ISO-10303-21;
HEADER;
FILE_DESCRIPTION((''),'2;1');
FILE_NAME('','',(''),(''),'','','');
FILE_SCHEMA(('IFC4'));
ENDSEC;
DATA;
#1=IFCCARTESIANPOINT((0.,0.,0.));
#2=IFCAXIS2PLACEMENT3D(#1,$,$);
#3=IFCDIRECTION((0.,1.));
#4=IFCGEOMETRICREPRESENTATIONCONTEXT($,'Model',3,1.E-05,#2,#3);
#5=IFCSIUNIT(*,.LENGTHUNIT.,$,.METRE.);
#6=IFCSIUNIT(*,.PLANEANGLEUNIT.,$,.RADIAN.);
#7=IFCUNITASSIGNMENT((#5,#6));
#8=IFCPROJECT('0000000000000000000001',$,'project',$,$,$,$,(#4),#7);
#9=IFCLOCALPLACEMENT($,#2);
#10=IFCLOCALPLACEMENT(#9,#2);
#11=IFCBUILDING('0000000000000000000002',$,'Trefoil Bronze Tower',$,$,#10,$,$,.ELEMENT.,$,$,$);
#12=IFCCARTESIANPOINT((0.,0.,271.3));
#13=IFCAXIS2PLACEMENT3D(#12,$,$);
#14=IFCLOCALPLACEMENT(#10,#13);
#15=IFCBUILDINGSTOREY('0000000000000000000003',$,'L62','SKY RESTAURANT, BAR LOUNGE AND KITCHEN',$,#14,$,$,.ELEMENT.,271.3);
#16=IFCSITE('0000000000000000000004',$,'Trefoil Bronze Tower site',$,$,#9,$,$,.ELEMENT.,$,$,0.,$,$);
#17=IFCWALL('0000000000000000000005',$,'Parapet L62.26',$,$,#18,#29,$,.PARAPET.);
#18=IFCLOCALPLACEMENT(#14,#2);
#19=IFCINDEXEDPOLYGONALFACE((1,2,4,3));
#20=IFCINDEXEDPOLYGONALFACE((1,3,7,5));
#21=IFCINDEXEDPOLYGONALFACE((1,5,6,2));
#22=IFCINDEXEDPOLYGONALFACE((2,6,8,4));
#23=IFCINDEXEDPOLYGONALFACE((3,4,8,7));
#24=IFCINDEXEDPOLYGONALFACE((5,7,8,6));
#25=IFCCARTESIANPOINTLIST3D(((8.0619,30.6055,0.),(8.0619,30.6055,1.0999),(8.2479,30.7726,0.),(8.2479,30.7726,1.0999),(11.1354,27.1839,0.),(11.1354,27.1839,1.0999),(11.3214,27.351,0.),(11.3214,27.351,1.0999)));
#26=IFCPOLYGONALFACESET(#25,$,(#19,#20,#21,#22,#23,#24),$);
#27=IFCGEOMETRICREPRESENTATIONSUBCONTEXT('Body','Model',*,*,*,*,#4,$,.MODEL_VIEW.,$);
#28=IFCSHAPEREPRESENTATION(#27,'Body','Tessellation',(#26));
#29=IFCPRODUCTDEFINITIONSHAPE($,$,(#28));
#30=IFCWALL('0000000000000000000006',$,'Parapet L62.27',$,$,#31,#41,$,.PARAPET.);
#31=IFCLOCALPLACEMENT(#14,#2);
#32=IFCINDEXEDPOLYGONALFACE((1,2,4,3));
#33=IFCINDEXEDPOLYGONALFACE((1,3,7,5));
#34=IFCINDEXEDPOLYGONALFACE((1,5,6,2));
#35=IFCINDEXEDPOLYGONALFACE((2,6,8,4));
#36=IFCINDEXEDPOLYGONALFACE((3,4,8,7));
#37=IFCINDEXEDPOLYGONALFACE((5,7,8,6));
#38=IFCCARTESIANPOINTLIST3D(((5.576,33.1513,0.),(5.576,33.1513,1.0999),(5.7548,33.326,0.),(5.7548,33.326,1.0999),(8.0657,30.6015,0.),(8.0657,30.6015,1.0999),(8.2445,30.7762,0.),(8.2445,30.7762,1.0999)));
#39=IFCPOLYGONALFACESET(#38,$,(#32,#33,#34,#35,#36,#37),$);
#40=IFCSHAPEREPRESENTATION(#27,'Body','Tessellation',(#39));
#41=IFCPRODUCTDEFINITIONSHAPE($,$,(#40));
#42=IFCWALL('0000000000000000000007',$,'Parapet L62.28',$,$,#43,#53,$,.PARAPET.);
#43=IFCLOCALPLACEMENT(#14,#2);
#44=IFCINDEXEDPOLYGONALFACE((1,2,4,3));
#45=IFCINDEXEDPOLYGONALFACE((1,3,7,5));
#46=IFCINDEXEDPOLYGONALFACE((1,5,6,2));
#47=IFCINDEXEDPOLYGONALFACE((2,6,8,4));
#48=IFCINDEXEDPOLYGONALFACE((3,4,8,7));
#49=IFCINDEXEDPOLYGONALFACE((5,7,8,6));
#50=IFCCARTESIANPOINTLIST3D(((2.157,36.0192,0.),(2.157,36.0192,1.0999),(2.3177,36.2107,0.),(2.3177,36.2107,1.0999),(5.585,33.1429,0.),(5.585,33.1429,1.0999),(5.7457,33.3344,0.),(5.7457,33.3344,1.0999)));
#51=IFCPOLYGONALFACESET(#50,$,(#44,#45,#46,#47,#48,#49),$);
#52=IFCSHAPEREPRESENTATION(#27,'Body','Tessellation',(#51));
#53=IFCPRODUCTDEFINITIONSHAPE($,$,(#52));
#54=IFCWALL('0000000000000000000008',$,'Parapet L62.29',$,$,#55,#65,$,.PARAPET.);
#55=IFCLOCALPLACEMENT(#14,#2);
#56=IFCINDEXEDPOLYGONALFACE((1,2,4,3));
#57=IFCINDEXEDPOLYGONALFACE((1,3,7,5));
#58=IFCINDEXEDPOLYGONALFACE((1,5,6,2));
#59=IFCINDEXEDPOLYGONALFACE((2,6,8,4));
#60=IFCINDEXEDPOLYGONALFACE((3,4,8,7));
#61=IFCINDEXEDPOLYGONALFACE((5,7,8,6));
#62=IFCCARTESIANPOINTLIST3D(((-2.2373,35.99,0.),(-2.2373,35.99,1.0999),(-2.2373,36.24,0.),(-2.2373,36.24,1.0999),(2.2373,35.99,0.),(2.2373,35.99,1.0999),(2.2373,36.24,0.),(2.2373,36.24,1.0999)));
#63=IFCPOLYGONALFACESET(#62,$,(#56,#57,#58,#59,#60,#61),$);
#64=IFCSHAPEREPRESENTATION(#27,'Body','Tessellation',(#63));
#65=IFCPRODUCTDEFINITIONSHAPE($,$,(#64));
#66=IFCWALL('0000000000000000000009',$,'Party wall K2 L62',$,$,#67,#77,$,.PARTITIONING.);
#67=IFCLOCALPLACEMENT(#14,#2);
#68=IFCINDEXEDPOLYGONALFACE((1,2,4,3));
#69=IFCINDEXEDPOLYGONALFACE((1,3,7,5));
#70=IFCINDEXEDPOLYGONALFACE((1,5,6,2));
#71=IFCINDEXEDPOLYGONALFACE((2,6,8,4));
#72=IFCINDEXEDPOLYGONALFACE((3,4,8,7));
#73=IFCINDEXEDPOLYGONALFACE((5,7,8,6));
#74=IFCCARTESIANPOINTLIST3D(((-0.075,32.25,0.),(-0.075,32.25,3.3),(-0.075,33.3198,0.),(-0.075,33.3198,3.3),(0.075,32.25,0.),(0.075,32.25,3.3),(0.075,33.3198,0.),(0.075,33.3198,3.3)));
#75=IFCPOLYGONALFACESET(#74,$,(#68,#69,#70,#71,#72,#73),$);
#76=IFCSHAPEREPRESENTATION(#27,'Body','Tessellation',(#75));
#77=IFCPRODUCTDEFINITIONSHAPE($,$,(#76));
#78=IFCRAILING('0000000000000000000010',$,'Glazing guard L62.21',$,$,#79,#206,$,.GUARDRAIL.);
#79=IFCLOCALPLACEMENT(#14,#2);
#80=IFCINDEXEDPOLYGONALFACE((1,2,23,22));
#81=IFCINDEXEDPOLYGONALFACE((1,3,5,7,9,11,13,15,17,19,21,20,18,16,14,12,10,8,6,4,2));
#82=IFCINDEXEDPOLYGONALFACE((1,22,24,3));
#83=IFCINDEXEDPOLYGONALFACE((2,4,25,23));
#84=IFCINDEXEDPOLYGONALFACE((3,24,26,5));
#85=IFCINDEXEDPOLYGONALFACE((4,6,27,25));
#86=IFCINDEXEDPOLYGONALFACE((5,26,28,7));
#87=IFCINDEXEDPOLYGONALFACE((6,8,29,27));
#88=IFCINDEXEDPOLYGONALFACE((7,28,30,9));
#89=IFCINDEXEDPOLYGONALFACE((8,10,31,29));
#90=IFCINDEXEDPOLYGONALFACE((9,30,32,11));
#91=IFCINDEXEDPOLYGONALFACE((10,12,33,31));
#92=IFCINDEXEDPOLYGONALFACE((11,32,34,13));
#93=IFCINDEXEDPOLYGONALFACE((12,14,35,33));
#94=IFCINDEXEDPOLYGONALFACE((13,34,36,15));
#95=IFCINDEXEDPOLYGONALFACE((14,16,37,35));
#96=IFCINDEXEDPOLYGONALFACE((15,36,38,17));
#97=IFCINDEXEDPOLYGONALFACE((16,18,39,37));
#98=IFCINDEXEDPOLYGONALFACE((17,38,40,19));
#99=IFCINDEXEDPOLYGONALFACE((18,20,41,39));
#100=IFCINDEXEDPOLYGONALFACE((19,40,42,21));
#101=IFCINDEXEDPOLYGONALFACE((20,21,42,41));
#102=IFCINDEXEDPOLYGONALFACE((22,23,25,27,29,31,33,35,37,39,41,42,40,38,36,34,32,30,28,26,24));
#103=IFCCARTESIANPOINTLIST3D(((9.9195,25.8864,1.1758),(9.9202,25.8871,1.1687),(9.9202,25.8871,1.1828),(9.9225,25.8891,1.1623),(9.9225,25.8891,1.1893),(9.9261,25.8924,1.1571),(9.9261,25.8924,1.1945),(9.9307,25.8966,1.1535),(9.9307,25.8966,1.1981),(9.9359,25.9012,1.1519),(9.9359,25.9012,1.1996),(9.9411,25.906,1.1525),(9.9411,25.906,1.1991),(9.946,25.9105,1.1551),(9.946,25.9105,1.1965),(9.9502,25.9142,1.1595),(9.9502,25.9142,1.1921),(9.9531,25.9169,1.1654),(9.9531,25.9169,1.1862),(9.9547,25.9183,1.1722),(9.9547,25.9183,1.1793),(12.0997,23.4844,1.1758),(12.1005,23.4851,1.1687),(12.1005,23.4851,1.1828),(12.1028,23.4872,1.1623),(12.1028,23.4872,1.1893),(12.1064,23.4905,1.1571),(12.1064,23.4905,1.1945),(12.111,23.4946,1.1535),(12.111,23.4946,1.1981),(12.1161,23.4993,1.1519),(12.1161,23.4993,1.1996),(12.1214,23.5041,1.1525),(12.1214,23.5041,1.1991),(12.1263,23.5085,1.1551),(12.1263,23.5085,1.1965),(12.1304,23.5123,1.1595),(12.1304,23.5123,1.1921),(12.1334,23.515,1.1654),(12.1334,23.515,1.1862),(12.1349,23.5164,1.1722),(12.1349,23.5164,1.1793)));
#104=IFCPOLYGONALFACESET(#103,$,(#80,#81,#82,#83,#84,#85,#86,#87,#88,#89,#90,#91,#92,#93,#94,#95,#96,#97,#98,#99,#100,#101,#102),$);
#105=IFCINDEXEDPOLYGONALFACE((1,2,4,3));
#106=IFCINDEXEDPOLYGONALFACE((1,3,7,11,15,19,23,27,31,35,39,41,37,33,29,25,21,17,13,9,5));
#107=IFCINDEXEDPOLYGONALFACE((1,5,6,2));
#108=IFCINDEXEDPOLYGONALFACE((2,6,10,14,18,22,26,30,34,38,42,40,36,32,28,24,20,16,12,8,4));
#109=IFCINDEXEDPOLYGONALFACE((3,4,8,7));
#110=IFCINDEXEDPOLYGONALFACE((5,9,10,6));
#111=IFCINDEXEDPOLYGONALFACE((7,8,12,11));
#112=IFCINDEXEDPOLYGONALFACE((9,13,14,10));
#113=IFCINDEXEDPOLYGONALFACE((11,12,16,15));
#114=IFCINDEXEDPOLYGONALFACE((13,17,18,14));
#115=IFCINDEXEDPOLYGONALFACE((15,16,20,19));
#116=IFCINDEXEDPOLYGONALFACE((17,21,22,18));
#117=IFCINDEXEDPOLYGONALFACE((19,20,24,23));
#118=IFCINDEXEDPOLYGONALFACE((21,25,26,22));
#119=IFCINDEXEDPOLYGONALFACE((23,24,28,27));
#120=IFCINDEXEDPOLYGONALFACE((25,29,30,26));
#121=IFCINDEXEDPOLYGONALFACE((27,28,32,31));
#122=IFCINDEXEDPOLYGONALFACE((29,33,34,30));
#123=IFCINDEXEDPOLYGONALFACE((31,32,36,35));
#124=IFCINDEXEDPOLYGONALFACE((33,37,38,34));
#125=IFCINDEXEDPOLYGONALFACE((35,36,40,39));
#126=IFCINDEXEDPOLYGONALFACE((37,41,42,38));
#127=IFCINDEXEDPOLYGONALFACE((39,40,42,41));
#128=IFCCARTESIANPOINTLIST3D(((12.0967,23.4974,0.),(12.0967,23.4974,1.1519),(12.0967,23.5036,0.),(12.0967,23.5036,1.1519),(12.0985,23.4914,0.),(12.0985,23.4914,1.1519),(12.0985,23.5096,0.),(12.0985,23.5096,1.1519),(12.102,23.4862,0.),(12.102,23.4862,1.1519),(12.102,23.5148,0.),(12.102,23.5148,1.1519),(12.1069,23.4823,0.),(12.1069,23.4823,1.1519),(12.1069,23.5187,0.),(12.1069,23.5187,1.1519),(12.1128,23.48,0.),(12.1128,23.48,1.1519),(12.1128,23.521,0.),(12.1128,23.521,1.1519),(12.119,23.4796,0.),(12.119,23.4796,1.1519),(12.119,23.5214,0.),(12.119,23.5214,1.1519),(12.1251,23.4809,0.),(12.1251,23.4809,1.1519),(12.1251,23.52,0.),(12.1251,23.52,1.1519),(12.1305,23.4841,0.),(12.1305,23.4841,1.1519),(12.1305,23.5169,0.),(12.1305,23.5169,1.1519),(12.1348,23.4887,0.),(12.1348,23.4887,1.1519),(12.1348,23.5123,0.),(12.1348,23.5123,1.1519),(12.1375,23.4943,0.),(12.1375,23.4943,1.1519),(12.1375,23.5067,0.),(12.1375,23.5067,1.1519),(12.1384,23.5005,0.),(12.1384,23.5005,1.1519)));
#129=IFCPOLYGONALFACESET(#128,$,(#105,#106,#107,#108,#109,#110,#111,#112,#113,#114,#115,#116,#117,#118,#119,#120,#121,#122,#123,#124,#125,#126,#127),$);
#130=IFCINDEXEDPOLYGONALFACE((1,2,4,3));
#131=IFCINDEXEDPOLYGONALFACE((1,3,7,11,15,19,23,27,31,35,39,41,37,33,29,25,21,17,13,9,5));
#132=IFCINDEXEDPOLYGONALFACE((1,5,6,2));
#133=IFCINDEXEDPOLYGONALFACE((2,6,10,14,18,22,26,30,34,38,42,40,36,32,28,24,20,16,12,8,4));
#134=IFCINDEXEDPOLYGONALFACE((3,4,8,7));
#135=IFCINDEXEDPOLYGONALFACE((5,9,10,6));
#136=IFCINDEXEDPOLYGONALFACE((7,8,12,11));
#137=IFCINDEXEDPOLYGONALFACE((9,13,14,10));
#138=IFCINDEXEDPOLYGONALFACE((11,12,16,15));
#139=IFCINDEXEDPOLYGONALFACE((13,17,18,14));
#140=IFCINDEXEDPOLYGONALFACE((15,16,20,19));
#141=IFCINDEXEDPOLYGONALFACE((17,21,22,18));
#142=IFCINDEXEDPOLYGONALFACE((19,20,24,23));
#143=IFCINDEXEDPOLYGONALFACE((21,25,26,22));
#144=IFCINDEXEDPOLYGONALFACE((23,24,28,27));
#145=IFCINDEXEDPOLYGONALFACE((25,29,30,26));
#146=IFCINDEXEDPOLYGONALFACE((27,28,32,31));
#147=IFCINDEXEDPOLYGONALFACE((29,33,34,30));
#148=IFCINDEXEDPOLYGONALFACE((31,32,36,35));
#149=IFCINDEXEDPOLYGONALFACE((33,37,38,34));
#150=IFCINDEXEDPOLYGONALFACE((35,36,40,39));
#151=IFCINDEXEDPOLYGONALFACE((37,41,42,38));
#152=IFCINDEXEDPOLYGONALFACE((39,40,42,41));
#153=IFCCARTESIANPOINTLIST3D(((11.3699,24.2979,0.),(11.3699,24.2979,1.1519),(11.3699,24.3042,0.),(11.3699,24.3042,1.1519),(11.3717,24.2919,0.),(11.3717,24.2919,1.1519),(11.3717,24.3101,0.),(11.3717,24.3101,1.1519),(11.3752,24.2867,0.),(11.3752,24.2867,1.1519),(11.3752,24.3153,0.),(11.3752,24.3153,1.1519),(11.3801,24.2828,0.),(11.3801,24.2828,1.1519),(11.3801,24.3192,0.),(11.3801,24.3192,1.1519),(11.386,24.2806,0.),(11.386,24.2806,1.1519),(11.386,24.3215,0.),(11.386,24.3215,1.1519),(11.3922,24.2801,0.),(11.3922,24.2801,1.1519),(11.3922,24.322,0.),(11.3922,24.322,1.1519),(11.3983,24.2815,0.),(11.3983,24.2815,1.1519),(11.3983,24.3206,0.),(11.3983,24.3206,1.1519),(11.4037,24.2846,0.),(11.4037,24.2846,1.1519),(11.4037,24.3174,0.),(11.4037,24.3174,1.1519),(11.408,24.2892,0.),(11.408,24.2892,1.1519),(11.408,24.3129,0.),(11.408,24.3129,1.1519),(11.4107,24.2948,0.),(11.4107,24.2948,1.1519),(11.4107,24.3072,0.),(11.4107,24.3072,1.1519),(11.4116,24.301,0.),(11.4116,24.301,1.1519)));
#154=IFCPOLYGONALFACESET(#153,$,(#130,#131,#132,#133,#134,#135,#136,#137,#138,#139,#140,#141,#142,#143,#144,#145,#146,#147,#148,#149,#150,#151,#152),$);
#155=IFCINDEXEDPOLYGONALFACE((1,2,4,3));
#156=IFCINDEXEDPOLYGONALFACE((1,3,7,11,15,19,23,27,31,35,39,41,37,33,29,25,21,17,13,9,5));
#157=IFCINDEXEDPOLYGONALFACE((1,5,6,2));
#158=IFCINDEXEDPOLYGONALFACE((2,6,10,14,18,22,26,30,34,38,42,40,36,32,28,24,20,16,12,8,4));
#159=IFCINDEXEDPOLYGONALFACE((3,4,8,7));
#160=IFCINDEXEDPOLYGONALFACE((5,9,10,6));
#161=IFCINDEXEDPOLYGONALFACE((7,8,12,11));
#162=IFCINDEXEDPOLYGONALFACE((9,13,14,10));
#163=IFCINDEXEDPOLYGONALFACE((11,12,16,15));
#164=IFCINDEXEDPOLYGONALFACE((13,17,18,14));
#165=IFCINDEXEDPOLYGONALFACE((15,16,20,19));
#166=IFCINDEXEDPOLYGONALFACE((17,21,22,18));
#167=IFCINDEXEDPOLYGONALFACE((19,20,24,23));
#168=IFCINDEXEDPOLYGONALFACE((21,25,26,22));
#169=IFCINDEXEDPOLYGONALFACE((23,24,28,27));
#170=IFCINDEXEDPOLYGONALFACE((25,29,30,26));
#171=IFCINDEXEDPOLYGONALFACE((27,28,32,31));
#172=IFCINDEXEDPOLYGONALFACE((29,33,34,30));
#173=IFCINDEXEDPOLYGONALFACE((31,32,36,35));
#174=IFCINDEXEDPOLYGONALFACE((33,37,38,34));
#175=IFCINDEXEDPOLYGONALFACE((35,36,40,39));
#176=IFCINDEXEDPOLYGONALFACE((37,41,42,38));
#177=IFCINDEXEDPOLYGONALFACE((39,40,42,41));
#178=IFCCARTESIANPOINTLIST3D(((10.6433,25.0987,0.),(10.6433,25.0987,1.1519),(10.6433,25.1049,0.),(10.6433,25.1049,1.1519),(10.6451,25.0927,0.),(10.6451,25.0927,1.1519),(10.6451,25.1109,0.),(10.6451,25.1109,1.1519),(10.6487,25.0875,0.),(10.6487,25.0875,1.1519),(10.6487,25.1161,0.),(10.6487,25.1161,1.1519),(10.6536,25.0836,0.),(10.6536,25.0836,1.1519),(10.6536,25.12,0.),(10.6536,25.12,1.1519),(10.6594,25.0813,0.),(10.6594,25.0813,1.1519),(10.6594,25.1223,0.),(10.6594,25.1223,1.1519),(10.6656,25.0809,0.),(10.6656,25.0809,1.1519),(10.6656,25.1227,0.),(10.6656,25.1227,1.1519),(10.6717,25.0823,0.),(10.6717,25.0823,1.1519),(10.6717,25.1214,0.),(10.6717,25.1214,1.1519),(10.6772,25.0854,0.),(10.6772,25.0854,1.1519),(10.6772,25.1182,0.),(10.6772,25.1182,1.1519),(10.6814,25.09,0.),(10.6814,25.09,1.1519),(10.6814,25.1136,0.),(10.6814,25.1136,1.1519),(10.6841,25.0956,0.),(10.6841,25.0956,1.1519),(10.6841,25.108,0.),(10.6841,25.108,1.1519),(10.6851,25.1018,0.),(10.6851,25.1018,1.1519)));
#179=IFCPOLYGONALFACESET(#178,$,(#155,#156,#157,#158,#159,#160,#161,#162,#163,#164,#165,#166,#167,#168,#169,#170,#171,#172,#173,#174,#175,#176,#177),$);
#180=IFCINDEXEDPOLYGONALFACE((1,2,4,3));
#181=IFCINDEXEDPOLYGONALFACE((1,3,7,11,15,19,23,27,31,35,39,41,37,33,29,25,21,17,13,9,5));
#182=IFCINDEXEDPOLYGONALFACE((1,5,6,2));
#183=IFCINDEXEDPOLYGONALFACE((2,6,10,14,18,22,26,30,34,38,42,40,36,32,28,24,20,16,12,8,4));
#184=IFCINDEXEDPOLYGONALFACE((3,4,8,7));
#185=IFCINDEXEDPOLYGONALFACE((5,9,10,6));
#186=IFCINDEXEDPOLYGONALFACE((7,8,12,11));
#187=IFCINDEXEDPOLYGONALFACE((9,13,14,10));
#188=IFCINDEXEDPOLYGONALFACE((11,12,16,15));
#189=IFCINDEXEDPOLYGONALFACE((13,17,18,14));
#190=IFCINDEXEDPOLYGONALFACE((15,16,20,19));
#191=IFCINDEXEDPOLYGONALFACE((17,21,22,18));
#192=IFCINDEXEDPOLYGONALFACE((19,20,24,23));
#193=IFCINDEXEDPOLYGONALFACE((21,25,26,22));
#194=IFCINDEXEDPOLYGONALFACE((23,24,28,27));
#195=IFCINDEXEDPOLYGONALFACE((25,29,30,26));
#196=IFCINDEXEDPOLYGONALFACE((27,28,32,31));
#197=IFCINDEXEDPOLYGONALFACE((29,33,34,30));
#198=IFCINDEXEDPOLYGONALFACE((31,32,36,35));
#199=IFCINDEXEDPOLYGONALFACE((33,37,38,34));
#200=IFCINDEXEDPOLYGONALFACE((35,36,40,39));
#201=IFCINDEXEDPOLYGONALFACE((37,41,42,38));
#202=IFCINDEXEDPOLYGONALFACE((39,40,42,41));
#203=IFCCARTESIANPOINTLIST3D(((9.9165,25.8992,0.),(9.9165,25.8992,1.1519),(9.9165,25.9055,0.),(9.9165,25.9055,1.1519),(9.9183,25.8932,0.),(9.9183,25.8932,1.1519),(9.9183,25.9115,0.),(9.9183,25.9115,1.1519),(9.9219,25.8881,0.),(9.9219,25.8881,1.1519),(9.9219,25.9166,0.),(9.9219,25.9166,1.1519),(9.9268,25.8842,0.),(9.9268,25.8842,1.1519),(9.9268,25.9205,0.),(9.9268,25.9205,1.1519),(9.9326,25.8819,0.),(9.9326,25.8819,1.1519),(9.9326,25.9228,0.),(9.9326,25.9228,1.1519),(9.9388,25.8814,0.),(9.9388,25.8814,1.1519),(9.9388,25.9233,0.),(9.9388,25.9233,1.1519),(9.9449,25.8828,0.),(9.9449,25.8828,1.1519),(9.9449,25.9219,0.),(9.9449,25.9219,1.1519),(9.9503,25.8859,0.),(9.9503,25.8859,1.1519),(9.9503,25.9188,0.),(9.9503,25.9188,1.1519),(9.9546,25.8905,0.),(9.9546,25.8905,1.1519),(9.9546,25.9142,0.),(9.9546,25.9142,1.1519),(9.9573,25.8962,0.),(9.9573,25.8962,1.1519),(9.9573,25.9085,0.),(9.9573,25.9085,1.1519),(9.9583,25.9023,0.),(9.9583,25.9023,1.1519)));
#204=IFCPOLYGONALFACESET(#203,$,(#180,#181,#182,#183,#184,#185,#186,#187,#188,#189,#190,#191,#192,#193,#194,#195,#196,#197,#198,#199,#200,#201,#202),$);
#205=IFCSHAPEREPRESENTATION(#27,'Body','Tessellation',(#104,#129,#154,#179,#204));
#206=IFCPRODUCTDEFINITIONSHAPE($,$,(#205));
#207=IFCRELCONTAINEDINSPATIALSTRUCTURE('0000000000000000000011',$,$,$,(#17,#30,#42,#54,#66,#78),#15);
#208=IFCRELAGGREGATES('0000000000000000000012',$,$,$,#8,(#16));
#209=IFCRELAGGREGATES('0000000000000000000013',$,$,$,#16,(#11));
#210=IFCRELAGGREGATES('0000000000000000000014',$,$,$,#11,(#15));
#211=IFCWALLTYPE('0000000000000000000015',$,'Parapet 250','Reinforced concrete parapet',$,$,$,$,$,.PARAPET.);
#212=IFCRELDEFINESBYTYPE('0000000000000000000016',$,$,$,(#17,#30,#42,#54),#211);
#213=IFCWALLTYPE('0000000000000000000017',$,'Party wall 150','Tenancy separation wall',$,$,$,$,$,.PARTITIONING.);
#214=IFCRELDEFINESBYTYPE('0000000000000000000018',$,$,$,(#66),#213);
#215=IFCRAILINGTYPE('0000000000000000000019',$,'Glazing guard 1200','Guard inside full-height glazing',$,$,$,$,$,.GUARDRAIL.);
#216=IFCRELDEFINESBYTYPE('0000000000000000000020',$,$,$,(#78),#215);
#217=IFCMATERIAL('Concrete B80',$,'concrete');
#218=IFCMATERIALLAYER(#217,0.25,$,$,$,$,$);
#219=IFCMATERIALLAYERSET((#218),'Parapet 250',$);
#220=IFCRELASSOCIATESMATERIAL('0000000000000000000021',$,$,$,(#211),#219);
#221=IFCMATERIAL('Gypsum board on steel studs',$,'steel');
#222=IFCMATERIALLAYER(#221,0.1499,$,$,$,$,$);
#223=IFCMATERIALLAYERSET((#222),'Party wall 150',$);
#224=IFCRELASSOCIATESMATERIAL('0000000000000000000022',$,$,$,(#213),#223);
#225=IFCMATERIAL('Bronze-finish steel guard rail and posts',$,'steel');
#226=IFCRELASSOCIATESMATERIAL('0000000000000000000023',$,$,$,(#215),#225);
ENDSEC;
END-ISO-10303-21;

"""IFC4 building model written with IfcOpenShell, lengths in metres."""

from ifc_helpers import new_model, si_unit, direction, frame, frame_2d, origin, origin_2d, place, context, subcontext, project, spatial, rectangle, circle, extrude, material, layer, layer_set, type_object, element, save


model = new_model("IFC4")

# Units and contexts
model_context = context("Model", 3, precision=1e-05, world=origin(), true_north=direction((0.0, 1.0)))
body_context = subcontext(model_context, "Body", "Model", "MODEL_VIEW")
ifc_project = project(units=[si_unit("LENGTHUNIT", "METRE"), si_unit("PLANEANGLEUNIT", "RADIAN")], contexts=[model_context])

# Site, building, storey
site_placement = place(None, origin())
site = spatial("IfcSite", under=ifc_project, at=site_placement, Name="Trefoil Bronze Tower site", CompositionType="ELEMENT", RefElevation=0.0)
building_placement = place(site_placement, origin())
building = spatial("IfcBuilding", under=site, at=building_placement, Name="Trefoil Bronze Tower", CompositionType="ELEMENT")
storey_placement = place(building_placement, frame((0.0, 0.0, 271.3)))
storey = spatial("IfcBuildingStorey", under=building, at=storey_placement, Name="L62", Description="SKY RESTAURANT, BAR LOUNGE AND KITCHEN", CompositionType="ELEMENT", Elevation=271.3)

# Walls
ifc_material_1 = material(Name="Concrete B80", Category="concrete")
ifc_layer_1 = layer(ifc_material_1, 0.25)
ifc_layer_set_1 = layer_set([ifc_layer_1], Name="Parapet 250")
wall_type_1 = type_object("IfcWallType", Name="Parapet 250", Description="Reinforced concrete parapet", PredefinedType="PARAPET", material=ifc_layer_set_1)
wall_1_placement = place(storey_placement, frame((11.2285, 27.2673, 0.0), z_axis=(0.0, 0.0, 1.0), x_axis=(-0.668246, 0.74394, 0.0)))
element("IfcWall", 1, at=wall_1_placement, inside=storey, type_object=wall_type_1, Name="Parapet L62.26", PredefinedType="PARAPET", context=body_context, shape_type="SweptSolid", body=[
    extrude(rectangle(XDim=4.5994, YDim=0.25, at=frame_2d((2.2998, 0.0))), origin(), (0.0, 0.0, 1.0), 1.0999),
])
wall_2_placement = place(storey_placement, frame((8.155, 30.689, 0.0), z_axis=(0.0, 0.0, 1.0), x_axis=(-0.69863, 0.715483, 0.0)))
element("IfcWall", 2, at=wall_2_placement, inside=storey, type_object=wall_type_1, Name="Parapet L62.27", PredefinedType="PARAPET", context=body_context, shape_type="SweptSolid", body=[
    extrude(rectangle(XDim=3.5637, YDim=0.25, at=frame_2d((1.7817, 0.0))), origin(), (0.0, 0.0, 1.0), 1.0999),
])
wall_3_placement = place(storey_placement, frame((5.6653, 33.2388, 0.0), z_axis=(0.0, 0.0, 1.0), x_axis=(-0.766066, 0.642762, 0.0)))
element("IfcWall", 3, at=wall_3_placement, inside=storey, type_object=wall_type_1, Name="Parapet L62.28", PredefinedType="PARAPET", context=body_context, shape_type="SweptSolid", body=[
    extrude(rectangle(XDim=4.4749, YDim=0.25, at=frame_2d((2.2373, 0.0))), origin(), (0.0, 0.0, 1.0), 1.0999),
])
wall_4_placement = place(storey_placement, frame((2.2373, 36.115, 0.0), z_axis=(0.0, 0.0, 1.0), x_axis=(-1.0, 0.0, 0.0)))
element("IfcWall", 4, at=wall_4_placement, inside=storey, type_object=wall_type_1, Name="Parapet L62.29", PredefinedType="PARAPET", context=body_context, shape_type="SweptSolid", body=[
    extrude(rectangle(XDim=4.4746, YDim=0.25, at=frame_2d((2.2373, 0.0))), origin(), (0.0, 0.0, 1.0), 1.0999),
])
ifc_material_2 = material(Name="Gypsum board on steel studs", Category="steel")
ifc_layer_2 = layer(ifc_material_2, 0.1499)
ifc_layer_set_2 = layer_set([ifc_layer_2], Name="Party wall 150")
wall_type_2 = type_object("IfcWallType", Name="Party wall 150", Description="Tenancy separation wall", PredefinedType="PARTITIONING", material=ifc_layer_set_2)
wall_5_placement = place(storey_placement, frame((0.0, 32.25, 0.0), z_axis=(0.0, 0.0, 1.0), x_axis=(0.0, 1.0, 0.0)))
element("IfcWall", 5, at=wall_5_placement, inside=storey, type_object=wall_type_2, Name="Party wall K2 L62", PredefinedType="PARTITIONING", context=body_context, shape_type="SweptSolid", body=[
    extrude(rectangle(XDim=1.0698, YDim=0.1499, at=frame_2d((0.5349, 0.0))), origin(), (0.0, 0.0, 1.0), 3.3),
])

# Railing
ifc_material_3 = material(Name="Bronze-finish steel guard rail and posts", Category="steel")
railing_type = type_object("IfcRailingType", Name="Glazing guard 1200", Description="Guard inside full-height glazing", PredefinedType="GUARDRAIL", material=ifc_material_3)
railing_1_placement = place(storey_placement, frame((12.1174, 23.5005, 0.0)))
element("IfcRailing", 6, at=railing_1_placement, inside=storey, type_object=railing_type, Name="Glazing guard L62.21", PredefinedType="GUARDRAIL", context=body_context, shape_type="SweptSolid", body=[
    extrude(circle(Radius=0.0239, at=origin_2d()), frame((0.0, 0.0, 1.1758), z_axis=(-0.672111, 0.740451, 0.0), x_axis=(-0.740451, -0.672111, 0.0)), (0.0, 0.0, 1.0), 3.2439),
    extrude(circle(Radius=0.021, at=origin_2d()), origin(), (0.0, 0.0, 1.0), 1.1519),
    extrude(circle(Radius=0.021, at=origin_2d()), frame((-0.7268, 0.8005, 0.0)), (0.0, 0.0, 1.0), 1.1519),
    extrude(circle(Radius=0.021, at=origin_2d()), frame((-1.4534, 1.6013, 0.0)), (0.0, 0.0, 1.0), 1.1519),
    extrude(circle(Radius=0.021, at=origin_2d()), frame((-2.1802, 2.4019, 0.0)), (0.0, 0.0, 1.0), 1.1519),
])

save(model, "model.ifc")
